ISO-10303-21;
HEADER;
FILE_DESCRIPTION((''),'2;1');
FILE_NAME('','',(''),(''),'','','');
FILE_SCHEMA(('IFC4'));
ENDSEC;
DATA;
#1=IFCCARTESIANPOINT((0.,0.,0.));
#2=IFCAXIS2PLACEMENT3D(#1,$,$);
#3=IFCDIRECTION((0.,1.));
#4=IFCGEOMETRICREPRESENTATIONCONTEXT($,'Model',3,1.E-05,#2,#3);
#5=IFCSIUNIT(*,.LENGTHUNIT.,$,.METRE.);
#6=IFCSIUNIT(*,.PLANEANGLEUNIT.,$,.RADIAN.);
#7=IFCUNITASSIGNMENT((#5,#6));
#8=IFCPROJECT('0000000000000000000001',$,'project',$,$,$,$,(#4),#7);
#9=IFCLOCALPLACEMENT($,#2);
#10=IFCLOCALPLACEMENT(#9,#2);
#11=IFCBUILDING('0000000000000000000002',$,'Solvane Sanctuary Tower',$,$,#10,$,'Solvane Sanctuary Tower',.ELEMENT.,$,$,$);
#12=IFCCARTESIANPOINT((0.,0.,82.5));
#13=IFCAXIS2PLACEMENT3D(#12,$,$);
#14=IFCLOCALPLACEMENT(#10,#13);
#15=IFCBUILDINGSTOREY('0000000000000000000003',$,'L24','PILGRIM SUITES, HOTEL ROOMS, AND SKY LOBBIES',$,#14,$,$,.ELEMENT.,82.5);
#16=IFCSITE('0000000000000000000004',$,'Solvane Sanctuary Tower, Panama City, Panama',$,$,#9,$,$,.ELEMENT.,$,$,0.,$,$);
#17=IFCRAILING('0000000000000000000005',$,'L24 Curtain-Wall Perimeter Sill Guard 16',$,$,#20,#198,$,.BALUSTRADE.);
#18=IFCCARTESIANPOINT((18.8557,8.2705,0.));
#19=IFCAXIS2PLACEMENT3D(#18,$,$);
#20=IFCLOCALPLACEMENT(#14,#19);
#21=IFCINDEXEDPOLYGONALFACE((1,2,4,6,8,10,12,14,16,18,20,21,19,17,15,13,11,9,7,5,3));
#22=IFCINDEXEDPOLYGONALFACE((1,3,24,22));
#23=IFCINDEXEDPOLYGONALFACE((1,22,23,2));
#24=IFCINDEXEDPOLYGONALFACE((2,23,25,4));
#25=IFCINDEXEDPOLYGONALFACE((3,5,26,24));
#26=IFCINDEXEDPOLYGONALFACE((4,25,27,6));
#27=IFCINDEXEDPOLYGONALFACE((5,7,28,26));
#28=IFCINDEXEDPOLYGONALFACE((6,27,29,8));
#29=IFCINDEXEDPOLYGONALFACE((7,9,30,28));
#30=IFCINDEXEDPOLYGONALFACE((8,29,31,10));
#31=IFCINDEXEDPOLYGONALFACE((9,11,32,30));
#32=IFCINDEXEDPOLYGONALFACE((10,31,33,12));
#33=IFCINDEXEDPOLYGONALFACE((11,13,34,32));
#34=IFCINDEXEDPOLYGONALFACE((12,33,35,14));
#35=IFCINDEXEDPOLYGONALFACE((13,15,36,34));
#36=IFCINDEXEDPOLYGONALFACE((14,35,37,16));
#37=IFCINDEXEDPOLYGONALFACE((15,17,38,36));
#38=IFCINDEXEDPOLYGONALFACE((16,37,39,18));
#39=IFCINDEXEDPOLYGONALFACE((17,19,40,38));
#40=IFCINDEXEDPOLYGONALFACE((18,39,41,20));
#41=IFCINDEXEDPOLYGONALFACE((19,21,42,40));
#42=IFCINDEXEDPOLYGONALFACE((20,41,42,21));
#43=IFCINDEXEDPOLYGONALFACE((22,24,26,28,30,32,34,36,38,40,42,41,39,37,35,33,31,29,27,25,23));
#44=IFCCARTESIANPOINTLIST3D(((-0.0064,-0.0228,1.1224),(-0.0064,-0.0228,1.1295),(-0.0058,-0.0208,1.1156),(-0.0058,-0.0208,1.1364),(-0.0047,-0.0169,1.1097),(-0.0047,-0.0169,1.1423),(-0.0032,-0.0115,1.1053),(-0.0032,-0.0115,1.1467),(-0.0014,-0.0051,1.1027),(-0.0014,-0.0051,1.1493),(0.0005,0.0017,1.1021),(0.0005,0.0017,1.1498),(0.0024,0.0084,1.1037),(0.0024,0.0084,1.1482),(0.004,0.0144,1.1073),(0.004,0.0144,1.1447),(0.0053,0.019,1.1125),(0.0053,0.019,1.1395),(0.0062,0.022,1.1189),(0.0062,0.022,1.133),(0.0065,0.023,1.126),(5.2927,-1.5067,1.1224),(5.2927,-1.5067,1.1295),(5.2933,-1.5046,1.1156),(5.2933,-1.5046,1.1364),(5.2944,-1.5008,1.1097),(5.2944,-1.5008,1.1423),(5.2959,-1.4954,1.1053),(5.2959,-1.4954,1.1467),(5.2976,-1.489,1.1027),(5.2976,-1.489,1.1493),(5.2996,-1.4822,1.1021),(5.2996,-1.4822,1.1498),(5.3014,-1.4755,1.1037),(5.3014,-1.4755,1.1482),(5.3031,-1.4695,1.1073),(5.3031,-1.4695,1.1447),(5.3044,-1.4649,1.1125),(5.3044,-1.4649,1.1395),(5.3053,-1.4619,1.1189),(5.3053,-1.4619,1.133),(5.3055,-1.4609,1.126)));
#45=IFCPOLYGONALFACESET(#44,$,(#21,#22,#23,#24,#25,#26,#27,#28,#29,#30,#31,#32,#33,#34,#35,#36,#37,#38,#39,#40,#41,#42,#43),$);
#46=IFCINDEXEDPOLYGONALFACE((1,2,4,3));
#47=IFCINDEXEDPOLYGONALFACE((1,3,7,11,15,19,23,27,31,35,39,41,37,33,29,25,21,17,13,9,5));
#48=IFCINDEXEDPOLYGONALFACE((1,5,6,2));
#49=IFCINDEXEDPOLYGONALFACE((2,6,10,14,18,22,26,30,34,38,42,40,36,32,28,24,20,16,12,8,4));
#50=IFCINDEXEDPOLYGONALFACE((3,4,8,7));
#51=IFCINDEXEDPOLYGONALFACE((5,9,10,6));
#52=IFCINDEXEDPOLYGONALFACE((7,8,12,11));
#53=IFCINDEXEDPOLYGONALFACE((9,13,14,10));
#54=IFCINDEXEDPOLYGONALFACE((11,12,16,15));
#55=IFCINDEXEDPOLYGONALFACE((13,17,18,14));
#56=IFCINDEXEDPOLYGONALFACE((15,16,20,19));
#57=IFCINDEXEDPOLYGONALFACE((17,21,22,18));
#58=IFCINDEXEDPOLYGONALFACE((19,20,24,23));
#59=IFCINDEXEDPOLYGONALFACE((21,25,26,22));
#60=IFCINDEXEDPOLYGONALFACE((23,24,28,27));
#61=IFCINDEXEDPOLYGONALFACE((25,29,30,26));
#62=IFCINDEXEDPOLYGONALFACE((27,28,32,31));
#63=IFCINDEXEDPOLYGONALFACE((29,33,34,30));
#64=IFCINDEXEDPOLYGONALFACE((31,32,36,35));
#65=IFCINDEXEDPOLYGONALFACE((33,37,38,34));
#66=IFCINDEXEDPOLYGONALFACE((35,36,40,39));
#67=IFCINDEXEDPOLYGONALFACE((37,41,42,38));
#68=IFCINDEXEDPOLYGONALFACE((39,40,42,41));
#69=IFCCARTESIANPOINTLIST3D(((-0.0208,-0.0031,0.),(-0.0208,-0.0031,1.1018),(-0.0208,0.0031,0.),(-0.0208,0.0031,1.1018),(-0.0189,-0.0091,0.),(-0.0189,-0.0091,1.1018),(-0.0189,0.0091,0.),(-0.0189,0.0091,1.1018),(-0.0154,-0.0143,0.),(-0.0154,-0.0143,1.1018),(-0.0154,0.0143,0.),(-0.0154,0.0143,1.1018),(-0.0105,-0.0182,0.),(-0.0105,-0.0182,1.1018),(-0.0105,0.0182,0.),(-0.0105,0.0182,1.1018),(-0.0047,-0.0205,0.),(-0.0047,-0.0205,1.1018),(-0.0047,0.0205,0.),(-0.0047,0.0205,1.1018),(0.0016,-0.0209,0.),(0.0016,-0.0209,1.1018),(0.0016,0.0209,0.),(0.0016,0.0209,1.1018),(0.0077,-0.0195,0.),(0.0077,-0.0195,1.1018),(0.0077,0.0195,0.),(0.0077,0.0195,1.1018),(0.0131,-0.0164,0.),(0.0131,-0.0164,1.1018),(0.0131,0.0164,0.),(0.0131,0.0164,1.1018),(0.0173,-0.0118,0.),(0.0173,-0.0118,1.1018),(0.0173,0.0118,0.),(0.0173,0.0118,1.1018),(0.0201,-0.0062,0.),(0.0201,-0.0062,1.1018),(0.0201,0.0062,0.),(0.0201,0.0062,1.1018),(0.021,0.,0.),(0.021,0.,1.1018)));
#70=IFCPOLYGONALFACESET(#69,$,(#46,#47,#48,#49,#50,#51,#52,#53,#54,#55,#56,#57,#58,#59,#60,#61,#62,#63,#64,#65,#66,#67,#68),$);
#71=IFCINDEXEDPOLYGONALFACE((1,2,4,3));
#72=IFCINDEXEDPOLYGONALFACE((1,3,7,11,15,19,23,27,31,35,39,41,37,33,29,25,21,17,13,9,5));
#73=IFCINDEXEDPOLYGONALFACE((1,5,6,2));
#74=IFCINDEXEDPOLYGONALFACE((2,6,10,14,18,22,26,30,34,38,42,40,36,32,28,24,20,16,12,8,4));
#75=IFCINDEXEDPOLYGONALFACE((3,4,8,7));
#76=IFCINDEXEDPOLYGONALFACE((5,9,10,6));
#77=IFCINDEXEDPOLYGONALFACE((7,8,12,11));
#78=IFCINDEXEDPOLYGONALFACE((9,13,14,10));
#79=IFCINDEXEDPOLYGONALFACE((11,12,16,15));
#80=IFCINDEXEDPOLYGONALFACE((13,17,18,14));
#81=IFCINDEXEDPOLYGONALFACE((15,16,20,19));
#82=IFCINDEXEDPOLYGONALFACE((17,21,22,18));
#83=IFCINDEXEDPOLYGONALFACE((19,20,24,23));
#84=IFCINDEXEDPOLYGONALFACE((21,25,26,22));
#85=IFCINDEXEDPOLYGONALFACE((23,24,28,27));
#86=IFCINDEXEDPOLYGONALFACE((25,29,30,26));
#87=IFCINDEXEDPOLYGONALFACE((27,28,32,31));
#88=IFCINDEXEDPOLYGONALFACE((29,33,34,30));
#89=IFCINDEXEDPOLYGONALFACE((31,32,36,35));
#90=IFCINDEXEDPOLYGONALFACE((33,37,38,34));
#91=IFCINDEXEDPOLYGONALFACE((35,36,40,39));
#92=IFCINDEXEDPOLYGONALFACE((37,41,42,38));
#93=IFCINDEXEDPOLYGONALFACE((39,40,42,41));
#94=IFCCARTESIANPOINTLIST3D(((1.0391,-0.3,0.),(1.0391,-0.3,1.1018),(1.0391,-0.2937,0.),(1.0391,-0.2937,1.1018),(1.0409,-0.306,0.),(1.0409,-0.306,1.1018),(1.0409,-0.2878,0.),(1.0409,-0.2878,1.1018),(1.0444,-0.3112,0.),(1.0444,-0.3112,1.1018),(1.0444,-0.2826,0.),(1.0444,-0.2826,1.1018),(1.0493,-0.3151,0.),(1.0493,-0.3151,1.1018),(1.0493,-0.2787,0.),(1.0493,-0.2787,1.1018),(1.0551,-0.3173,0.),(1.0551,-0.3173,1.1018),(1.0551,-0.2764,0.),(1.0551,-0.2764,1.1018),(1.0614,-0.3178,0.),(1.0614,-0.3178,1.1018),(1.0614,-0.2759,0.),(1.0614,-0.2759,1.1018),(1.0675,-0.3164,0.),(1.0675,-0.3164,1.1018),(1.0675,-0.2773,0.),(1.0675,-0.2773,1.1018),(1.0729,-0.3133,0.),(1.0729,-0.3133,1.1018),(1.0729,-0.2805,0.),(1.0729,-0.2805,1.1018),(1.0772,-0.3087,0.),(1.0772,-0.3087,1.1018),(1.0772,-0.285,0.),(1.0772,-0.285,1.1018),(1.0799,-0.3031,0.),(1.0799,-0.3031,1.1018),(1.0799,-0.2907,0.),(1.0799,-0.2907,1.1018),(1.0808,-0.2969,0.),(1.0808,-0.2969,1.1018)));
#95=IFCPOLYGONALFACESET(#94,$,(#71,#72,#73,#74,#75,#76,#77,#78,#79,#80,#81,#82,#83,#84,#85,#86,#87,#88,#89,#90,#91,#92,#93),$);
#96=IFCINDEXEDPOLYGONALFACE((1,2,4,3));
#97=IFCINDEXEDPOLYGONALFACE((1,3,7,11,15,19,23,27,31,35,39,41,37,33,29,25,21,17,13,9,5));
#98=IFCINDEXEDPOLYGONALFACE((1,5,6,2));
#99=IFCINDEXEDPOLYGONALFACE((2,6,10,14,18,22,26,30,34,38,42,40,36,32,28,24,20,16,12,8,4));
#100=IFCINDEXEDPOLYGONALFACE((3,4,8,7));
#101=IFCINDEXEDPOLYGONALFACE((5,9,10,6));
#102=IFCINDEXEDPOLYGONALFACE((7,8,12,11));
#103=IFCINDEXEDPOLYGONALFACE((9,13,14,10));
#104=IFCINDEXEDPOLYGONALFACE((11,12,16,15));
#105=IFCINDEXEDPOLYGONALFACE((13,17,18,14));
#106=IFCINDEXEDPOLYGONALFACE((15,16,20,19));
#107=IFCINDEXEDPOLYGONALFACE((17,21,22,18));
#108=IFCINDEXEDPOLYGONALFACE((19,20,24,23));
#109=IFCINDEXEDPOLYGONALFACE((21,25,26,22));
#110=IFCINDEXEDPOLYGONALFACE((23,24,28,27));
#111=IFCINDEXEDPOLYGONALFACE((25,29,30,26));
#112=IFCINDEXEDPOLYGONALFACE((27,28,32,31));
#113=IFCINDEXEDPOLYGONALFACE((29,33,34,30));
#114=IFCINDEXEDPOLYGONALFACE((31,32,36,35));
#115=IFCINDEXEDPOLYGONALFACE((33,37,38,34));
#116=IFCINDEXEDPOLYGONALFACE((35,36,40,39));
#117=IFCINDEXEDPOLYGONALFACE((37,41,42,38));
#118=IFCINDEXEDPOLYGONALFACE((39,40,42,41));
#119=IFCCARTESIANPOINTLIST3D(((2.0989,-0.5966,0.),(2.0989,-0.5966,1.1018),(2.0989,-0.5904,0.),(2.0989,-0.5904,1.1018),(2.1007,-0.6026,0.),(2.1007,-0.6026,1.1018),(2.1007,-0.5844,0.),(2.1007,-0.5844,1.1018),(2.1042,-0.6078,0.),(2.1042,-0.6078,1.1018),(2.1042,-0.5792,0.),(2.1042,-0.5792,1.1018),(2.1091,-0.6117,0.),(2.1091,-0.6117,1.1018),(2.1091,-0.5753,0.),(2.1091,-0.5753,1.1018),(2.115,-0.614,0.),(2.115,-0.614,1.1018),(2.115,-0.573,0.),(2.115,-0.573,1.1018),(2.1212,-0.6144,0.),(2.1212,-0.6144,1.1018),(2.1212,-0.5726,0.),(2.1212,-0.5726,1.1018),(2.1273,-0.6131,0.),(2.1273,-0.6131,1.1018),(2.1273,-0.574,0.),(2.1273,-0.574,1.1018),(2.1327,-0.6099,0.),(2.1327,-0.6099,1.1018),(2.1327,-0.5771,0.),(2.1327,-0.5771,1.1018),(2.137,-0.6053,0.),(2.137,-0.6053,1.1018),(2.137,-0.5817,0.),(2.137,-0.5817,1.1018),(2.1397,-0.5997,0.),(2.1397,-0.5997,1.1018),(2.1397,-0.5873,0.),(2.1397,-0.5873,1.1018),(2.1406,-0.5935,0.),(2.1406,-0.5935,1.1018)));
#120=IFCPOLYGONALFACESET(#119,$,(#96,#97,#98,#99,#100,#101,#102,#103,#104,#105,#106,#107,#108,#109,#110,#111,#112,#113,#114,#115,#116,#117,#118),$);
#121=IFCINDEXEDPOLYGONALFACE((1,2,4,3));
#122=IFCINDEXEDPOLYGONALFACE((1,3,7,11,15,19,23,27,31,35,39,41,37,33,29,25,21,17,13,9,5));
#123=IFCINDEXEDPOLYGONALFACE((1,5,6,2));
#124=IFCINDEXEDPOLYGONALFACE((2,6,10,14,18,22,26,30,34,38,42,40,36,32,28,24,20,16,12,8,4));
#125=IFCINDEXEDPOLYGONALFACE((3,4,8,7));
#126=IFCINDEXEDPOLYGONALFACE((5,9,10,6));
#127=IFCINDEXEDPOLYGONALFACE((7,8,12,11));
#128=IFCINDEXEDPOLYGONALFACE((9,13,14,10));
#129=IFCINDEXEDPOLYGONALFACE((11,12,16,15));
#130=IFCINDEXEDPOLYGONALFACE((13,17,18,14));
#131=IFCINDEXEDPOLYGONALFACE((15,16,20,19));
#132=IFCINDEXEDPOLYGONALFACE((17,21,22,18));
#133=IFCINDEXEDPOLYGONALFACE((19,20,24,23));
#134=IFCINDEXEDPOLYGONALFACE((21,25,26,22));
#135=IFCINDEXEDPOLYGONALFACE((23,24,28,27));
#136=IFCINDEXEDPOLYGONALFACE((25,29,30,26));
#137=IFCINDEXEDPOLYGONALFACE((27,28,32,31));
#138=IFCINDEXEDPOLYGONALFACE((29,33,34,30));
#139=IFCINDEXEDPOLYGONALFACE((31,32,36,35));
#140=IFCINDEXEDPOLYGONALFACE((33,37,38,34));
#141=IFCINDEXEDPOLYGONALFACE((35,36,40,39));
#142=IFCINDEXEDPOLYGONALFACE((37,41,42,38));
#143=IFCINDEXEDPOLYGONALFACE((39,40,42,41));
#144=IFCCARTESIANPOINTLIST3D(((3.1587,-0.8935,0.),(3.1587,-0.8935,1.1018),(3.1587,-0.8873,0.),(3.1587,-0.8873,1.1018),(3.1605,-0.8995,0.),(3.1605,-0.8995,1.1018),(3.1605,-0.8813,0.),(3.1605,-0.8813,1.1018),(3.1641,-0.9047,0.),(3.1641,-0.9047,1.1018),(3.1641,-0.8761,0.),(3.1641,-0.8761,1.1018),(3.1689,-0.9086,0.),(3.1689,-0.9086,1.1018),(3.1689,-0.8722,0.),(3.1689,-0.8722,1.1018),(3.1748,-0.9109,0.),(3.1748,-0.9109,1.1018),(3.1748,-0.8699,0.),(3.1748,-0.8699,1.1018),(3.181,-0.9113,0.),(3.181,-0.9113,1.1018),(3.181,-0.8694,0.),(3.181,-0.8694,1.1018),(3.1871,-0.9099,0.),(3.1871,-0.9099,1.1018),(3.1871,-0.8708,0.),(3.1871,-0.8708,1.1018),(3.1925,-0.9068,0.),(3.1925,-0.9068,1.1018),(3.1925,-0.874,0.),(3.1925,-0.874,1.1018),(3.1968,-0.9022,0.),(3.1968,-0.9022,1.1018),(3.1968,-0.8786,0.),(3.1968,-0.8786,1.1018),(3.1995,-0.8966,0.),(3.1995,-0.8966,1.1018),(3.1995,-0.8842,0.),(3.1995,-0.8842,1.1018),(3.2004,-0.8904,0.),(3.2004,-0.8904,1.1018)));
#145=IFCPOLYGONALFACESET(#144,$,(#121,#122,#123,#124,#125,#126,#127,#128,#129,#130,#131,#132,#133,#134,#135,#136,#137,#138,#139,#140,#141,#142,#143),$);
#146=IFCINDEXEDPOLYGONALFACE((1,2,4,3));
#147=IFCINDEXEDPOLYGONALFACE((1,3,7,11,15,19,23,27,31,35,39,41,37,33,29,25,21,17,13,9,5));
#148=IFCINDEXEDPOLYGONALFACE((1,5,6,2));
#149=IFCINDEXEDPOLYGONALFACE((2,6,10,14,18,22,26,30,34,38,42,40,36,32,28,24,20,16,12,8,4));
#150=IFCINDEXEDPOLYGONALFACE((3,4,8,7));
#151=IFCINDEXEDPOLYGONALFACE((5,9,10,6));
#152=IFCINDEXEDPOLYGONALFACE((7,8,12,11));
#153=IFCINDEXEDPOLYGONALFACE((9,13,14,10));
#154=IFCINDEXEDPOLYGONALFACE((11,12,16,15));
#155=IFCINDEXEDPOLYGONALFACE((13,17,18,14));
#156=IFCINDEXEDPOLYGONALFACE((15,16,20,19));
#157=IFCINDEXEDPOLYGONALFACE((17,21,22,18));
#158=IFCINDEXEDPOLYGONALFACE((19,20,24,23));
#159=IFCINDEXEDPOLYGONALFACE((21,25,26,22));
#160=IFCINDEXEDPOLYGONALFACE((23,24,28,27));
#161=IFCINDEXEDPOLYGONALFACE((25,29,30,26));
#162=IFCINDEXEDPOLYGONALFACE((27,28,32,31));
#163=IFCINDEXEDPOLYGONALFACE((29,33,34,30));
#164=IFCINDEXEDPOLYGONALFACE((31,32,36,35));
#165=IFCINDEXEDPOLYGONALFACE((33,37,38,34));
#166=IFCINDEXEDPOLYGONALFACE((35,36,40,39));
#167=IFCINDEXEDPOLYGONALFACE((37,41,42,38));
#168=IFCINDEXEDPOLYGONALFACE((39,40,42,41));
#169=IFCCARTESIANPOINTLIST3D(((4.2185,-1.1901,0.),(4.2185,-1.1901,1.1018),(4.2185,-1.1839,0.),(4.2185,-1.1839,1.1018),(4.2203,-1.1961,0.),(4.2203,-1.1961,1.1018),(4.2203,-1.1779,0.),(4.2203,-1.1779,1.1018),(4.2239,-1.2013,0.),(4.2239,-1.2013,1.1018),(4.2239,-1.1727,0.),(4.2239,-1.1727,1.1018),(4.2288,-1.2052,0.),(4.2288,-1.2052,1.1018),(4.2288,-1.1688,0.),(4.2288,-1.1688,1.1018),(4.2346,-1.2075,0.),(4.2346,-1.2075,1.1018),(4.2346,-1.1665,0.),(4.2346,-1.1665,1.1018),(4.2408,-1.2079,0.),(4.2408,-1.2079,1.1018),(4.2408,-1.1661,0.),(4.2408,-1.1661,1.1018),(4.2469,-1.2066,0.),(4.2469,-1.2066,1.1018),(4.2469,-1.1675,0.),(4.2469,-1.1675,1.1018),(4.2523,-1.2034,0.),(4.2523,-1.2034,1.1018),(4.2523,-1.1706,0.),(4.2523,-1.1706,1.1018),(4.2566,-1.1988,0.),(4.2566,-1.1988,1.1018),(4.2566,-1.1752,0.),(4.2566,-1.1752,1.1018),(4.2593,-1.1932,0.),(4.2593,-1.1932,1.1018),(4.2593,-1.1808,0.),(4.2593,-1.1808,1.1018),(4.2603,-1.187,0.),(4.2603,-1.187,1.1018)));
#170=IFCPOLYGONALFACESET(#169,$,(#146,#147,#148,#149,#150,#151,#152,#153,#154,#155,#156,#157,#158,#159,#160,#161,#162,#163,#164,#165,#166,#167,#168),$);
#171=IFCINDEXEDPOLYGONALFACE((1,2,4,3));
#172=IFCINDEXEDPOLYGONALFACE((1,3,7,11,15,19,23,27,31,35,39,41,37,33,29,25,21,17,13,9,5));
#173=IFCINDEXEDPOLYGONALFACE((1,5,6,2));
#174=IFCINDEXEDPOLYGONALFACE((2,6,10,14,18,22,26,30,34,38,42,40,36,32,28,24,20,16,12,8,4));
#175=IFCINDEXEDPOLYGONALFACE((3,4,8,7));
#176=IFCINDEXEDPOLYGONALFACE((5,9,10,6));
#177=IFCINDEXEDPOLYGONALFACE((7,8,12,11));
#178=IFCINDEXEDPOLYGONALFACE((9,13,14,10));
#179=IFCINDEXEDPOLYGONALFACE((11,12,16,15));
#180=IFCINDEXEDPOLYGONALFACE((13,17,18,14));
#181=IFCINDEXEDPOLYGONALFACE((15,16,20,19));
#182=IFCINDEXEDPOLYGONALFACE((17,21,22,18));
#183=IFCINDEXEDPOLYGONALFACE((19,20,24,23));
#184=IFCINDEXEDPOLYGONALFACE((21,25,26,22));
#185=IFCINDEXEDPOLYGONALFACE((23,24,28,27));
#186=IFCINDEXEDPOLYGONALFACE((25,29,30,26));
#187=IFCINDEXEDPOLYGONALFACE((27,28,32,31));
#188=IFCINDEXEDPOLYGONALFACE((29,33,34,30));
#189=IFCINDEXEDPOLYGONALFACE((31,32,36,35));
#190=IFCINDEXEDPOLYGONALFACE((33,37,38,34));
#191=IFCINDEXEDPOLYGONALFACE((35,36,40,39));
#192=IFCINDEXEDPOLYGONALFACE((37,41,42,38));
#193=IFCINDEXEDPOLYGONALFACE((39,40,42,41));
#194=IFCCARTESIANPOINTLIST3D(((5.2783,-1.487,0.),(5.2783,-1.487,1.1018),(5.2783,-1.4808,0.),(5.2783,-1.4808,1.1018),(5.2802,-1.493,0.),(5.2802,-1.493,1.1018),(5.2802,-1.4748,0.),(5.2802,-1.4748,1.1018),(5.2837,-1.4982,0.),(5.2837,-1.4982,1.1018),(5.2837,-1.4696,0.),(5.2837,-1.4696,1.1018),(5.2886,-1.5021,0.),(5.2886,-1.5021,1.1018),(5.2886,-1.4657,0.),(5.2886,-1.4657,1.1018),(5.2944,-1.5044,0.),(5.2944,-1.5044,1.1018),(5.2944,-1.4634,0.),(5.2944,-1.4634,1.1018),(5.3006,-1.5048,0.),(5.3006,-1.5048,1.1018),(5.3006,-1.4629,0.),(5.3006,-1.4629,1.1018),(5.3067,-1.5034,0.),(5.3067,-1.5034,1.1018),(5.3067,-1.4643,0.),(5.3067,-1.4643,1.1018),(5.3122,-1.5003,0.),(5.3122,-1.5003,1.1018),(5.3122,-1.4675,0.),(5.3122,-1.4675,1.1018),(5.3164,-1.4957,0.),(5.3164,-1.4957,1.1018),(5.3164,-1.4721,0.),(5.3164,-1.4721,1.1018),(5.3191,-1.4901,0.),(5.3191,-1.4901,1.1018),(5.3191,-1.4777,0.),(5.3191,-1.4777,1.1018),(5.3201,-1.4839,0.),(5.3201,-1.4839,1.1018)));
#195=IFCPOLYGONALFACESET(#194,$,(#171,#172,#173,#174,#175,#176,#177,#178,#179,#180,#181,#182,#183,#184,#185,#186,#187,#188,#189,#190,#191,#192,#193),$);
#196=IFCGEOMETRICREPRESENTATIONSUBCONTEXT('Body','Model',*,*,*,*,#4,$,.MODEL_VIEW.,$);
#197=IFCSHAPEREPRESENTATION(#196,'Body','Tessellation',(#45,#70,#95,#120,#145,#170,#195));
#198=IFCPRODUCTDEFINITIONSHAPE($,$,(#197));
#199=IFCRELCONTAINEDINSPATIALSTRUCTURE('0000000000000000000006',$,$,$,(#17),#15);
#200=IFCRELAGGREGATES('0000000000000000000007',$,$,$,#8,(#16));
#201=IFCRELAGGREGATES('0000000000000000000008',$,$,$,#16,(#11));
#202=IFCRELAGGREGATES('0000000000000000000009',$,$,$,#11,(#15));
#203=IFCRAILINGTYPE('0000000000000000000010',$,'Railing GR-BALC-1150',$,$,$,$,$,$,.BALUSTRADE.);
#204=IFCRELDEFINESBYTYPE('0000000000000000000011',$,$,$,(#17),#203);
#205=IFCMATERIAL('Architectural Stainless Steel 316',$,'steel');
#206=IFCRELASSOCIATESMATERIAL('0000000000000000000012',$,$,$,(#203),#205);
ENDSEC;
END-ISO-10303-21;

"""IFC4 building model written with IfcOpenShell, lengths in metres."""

from ifc_helpers import new_model, si_unit, direction, frame, origin, origin_2d, place, context, subcontext, project, spatial, circle, extrude, material, type_object, element, save


model = new_model("IFC4")

# Units and contexts
model_context = context("Model", 3, precision=1e-05, world=origin(), true_north=direction((0.0, 1.0)))
body_context = subcontext(model_context, "Body", "Model", "MODEL_VIEW")
ifc_project = project(units=[si_unit("LENGTHUNIT", "METRE"), si_unit("PLANEANGLEUNIT", "RADIAN")], contexts=[model_context])

# Site, building, storey
site_placement = place(None, origin())
site = spatial("IfcSite", under=ifc_project, at=site_placement, Name="Solvane Sanctuary Tower, Panama City, Panama", CompositionType="ELEMENT", RefElevation=0.0)
building_placement = place(site_placement, origin())
building = spatial("IfcBuilding", under=site, at=building_placement, Name="Solvane Sanctuary Tower", LongName="Solvane Sanctuary Tower", CompositionType="ELEMENT")
storey_placement = place(building_placement, frame((0.0, 0.0, 82.5)))
storey = spatial("IfcBuildingStorey", under=building, at=storey_placement, Name="L24", Description="PILGRIM SUITES, HOTEL ROOMS, AND SKY LOBBIES", CompositionType="ELEMENT", Elevation=82.5)

# Railing
ifc_material_1 = material(Name="Architectural Stainless Steel 316", Category="steel")
railing_type = type_object("IfcRailingType", Name="Railing GR-BALC-1150", PredefinedType="BALUSTRADE", material=ifc_material_1)
railing_placement = place(storey_placement, frame((18.8557, 8.2705, 0.0)))
element("IfcRailing", 1, at=railing_placement, inside=storey, type_object=railing_type, Name="L24 Curtain-Wall Perimeter Sill Guard 16", PredefinedType="BALUSTRADE", context=body_context, shape_type="SweptSolid", body=[
    extrude(circle(Radius=0.0239, at=origin_2d()), frame((0.0, 0.0, 1.126), z_axis=(0.962957, -0.269655, 0.0), x_axis=(0.269655, 0.962957, 0.0)), (0.0, 0.0, 1.0), 5.5029),
    extrude(circle(Radius=0.021, at=origin_2d()), origin(), (0.0, 0.0, 1.0), 1.1018),
    extrude(circle(Radius=0.021, at=origin_2d()), frame((1.0598, -0.2969, 0.0)), (0.0, 0.0, 1.0), 1.1018),
    extrude(circle(Radius=0.021, at=origin_2d()), frame((2.1196, -0.5935, 0.0)), (0.0, 0.0, 1.0), 1.1018),
    extrude(circle(Radius=0.021, at=origin_2d()), frame((3.1794, -0.8904, 0.0)), (0.0, 0.0, 1.0), 1.1018),
    extrude(circle(Radius=0.021, at=origin_2d()), frame((4.2393, -1.187, 0.0)), (0.0, 0.0, 1.0), 1.1018),
    extrude(circle(Radius=0.021, at=origin_2d()), frame((5.2991, -1.4839, 0.0)), (0.0, 0.0, 1.0), 1.1018),
])

save(model, "model.ifc")
